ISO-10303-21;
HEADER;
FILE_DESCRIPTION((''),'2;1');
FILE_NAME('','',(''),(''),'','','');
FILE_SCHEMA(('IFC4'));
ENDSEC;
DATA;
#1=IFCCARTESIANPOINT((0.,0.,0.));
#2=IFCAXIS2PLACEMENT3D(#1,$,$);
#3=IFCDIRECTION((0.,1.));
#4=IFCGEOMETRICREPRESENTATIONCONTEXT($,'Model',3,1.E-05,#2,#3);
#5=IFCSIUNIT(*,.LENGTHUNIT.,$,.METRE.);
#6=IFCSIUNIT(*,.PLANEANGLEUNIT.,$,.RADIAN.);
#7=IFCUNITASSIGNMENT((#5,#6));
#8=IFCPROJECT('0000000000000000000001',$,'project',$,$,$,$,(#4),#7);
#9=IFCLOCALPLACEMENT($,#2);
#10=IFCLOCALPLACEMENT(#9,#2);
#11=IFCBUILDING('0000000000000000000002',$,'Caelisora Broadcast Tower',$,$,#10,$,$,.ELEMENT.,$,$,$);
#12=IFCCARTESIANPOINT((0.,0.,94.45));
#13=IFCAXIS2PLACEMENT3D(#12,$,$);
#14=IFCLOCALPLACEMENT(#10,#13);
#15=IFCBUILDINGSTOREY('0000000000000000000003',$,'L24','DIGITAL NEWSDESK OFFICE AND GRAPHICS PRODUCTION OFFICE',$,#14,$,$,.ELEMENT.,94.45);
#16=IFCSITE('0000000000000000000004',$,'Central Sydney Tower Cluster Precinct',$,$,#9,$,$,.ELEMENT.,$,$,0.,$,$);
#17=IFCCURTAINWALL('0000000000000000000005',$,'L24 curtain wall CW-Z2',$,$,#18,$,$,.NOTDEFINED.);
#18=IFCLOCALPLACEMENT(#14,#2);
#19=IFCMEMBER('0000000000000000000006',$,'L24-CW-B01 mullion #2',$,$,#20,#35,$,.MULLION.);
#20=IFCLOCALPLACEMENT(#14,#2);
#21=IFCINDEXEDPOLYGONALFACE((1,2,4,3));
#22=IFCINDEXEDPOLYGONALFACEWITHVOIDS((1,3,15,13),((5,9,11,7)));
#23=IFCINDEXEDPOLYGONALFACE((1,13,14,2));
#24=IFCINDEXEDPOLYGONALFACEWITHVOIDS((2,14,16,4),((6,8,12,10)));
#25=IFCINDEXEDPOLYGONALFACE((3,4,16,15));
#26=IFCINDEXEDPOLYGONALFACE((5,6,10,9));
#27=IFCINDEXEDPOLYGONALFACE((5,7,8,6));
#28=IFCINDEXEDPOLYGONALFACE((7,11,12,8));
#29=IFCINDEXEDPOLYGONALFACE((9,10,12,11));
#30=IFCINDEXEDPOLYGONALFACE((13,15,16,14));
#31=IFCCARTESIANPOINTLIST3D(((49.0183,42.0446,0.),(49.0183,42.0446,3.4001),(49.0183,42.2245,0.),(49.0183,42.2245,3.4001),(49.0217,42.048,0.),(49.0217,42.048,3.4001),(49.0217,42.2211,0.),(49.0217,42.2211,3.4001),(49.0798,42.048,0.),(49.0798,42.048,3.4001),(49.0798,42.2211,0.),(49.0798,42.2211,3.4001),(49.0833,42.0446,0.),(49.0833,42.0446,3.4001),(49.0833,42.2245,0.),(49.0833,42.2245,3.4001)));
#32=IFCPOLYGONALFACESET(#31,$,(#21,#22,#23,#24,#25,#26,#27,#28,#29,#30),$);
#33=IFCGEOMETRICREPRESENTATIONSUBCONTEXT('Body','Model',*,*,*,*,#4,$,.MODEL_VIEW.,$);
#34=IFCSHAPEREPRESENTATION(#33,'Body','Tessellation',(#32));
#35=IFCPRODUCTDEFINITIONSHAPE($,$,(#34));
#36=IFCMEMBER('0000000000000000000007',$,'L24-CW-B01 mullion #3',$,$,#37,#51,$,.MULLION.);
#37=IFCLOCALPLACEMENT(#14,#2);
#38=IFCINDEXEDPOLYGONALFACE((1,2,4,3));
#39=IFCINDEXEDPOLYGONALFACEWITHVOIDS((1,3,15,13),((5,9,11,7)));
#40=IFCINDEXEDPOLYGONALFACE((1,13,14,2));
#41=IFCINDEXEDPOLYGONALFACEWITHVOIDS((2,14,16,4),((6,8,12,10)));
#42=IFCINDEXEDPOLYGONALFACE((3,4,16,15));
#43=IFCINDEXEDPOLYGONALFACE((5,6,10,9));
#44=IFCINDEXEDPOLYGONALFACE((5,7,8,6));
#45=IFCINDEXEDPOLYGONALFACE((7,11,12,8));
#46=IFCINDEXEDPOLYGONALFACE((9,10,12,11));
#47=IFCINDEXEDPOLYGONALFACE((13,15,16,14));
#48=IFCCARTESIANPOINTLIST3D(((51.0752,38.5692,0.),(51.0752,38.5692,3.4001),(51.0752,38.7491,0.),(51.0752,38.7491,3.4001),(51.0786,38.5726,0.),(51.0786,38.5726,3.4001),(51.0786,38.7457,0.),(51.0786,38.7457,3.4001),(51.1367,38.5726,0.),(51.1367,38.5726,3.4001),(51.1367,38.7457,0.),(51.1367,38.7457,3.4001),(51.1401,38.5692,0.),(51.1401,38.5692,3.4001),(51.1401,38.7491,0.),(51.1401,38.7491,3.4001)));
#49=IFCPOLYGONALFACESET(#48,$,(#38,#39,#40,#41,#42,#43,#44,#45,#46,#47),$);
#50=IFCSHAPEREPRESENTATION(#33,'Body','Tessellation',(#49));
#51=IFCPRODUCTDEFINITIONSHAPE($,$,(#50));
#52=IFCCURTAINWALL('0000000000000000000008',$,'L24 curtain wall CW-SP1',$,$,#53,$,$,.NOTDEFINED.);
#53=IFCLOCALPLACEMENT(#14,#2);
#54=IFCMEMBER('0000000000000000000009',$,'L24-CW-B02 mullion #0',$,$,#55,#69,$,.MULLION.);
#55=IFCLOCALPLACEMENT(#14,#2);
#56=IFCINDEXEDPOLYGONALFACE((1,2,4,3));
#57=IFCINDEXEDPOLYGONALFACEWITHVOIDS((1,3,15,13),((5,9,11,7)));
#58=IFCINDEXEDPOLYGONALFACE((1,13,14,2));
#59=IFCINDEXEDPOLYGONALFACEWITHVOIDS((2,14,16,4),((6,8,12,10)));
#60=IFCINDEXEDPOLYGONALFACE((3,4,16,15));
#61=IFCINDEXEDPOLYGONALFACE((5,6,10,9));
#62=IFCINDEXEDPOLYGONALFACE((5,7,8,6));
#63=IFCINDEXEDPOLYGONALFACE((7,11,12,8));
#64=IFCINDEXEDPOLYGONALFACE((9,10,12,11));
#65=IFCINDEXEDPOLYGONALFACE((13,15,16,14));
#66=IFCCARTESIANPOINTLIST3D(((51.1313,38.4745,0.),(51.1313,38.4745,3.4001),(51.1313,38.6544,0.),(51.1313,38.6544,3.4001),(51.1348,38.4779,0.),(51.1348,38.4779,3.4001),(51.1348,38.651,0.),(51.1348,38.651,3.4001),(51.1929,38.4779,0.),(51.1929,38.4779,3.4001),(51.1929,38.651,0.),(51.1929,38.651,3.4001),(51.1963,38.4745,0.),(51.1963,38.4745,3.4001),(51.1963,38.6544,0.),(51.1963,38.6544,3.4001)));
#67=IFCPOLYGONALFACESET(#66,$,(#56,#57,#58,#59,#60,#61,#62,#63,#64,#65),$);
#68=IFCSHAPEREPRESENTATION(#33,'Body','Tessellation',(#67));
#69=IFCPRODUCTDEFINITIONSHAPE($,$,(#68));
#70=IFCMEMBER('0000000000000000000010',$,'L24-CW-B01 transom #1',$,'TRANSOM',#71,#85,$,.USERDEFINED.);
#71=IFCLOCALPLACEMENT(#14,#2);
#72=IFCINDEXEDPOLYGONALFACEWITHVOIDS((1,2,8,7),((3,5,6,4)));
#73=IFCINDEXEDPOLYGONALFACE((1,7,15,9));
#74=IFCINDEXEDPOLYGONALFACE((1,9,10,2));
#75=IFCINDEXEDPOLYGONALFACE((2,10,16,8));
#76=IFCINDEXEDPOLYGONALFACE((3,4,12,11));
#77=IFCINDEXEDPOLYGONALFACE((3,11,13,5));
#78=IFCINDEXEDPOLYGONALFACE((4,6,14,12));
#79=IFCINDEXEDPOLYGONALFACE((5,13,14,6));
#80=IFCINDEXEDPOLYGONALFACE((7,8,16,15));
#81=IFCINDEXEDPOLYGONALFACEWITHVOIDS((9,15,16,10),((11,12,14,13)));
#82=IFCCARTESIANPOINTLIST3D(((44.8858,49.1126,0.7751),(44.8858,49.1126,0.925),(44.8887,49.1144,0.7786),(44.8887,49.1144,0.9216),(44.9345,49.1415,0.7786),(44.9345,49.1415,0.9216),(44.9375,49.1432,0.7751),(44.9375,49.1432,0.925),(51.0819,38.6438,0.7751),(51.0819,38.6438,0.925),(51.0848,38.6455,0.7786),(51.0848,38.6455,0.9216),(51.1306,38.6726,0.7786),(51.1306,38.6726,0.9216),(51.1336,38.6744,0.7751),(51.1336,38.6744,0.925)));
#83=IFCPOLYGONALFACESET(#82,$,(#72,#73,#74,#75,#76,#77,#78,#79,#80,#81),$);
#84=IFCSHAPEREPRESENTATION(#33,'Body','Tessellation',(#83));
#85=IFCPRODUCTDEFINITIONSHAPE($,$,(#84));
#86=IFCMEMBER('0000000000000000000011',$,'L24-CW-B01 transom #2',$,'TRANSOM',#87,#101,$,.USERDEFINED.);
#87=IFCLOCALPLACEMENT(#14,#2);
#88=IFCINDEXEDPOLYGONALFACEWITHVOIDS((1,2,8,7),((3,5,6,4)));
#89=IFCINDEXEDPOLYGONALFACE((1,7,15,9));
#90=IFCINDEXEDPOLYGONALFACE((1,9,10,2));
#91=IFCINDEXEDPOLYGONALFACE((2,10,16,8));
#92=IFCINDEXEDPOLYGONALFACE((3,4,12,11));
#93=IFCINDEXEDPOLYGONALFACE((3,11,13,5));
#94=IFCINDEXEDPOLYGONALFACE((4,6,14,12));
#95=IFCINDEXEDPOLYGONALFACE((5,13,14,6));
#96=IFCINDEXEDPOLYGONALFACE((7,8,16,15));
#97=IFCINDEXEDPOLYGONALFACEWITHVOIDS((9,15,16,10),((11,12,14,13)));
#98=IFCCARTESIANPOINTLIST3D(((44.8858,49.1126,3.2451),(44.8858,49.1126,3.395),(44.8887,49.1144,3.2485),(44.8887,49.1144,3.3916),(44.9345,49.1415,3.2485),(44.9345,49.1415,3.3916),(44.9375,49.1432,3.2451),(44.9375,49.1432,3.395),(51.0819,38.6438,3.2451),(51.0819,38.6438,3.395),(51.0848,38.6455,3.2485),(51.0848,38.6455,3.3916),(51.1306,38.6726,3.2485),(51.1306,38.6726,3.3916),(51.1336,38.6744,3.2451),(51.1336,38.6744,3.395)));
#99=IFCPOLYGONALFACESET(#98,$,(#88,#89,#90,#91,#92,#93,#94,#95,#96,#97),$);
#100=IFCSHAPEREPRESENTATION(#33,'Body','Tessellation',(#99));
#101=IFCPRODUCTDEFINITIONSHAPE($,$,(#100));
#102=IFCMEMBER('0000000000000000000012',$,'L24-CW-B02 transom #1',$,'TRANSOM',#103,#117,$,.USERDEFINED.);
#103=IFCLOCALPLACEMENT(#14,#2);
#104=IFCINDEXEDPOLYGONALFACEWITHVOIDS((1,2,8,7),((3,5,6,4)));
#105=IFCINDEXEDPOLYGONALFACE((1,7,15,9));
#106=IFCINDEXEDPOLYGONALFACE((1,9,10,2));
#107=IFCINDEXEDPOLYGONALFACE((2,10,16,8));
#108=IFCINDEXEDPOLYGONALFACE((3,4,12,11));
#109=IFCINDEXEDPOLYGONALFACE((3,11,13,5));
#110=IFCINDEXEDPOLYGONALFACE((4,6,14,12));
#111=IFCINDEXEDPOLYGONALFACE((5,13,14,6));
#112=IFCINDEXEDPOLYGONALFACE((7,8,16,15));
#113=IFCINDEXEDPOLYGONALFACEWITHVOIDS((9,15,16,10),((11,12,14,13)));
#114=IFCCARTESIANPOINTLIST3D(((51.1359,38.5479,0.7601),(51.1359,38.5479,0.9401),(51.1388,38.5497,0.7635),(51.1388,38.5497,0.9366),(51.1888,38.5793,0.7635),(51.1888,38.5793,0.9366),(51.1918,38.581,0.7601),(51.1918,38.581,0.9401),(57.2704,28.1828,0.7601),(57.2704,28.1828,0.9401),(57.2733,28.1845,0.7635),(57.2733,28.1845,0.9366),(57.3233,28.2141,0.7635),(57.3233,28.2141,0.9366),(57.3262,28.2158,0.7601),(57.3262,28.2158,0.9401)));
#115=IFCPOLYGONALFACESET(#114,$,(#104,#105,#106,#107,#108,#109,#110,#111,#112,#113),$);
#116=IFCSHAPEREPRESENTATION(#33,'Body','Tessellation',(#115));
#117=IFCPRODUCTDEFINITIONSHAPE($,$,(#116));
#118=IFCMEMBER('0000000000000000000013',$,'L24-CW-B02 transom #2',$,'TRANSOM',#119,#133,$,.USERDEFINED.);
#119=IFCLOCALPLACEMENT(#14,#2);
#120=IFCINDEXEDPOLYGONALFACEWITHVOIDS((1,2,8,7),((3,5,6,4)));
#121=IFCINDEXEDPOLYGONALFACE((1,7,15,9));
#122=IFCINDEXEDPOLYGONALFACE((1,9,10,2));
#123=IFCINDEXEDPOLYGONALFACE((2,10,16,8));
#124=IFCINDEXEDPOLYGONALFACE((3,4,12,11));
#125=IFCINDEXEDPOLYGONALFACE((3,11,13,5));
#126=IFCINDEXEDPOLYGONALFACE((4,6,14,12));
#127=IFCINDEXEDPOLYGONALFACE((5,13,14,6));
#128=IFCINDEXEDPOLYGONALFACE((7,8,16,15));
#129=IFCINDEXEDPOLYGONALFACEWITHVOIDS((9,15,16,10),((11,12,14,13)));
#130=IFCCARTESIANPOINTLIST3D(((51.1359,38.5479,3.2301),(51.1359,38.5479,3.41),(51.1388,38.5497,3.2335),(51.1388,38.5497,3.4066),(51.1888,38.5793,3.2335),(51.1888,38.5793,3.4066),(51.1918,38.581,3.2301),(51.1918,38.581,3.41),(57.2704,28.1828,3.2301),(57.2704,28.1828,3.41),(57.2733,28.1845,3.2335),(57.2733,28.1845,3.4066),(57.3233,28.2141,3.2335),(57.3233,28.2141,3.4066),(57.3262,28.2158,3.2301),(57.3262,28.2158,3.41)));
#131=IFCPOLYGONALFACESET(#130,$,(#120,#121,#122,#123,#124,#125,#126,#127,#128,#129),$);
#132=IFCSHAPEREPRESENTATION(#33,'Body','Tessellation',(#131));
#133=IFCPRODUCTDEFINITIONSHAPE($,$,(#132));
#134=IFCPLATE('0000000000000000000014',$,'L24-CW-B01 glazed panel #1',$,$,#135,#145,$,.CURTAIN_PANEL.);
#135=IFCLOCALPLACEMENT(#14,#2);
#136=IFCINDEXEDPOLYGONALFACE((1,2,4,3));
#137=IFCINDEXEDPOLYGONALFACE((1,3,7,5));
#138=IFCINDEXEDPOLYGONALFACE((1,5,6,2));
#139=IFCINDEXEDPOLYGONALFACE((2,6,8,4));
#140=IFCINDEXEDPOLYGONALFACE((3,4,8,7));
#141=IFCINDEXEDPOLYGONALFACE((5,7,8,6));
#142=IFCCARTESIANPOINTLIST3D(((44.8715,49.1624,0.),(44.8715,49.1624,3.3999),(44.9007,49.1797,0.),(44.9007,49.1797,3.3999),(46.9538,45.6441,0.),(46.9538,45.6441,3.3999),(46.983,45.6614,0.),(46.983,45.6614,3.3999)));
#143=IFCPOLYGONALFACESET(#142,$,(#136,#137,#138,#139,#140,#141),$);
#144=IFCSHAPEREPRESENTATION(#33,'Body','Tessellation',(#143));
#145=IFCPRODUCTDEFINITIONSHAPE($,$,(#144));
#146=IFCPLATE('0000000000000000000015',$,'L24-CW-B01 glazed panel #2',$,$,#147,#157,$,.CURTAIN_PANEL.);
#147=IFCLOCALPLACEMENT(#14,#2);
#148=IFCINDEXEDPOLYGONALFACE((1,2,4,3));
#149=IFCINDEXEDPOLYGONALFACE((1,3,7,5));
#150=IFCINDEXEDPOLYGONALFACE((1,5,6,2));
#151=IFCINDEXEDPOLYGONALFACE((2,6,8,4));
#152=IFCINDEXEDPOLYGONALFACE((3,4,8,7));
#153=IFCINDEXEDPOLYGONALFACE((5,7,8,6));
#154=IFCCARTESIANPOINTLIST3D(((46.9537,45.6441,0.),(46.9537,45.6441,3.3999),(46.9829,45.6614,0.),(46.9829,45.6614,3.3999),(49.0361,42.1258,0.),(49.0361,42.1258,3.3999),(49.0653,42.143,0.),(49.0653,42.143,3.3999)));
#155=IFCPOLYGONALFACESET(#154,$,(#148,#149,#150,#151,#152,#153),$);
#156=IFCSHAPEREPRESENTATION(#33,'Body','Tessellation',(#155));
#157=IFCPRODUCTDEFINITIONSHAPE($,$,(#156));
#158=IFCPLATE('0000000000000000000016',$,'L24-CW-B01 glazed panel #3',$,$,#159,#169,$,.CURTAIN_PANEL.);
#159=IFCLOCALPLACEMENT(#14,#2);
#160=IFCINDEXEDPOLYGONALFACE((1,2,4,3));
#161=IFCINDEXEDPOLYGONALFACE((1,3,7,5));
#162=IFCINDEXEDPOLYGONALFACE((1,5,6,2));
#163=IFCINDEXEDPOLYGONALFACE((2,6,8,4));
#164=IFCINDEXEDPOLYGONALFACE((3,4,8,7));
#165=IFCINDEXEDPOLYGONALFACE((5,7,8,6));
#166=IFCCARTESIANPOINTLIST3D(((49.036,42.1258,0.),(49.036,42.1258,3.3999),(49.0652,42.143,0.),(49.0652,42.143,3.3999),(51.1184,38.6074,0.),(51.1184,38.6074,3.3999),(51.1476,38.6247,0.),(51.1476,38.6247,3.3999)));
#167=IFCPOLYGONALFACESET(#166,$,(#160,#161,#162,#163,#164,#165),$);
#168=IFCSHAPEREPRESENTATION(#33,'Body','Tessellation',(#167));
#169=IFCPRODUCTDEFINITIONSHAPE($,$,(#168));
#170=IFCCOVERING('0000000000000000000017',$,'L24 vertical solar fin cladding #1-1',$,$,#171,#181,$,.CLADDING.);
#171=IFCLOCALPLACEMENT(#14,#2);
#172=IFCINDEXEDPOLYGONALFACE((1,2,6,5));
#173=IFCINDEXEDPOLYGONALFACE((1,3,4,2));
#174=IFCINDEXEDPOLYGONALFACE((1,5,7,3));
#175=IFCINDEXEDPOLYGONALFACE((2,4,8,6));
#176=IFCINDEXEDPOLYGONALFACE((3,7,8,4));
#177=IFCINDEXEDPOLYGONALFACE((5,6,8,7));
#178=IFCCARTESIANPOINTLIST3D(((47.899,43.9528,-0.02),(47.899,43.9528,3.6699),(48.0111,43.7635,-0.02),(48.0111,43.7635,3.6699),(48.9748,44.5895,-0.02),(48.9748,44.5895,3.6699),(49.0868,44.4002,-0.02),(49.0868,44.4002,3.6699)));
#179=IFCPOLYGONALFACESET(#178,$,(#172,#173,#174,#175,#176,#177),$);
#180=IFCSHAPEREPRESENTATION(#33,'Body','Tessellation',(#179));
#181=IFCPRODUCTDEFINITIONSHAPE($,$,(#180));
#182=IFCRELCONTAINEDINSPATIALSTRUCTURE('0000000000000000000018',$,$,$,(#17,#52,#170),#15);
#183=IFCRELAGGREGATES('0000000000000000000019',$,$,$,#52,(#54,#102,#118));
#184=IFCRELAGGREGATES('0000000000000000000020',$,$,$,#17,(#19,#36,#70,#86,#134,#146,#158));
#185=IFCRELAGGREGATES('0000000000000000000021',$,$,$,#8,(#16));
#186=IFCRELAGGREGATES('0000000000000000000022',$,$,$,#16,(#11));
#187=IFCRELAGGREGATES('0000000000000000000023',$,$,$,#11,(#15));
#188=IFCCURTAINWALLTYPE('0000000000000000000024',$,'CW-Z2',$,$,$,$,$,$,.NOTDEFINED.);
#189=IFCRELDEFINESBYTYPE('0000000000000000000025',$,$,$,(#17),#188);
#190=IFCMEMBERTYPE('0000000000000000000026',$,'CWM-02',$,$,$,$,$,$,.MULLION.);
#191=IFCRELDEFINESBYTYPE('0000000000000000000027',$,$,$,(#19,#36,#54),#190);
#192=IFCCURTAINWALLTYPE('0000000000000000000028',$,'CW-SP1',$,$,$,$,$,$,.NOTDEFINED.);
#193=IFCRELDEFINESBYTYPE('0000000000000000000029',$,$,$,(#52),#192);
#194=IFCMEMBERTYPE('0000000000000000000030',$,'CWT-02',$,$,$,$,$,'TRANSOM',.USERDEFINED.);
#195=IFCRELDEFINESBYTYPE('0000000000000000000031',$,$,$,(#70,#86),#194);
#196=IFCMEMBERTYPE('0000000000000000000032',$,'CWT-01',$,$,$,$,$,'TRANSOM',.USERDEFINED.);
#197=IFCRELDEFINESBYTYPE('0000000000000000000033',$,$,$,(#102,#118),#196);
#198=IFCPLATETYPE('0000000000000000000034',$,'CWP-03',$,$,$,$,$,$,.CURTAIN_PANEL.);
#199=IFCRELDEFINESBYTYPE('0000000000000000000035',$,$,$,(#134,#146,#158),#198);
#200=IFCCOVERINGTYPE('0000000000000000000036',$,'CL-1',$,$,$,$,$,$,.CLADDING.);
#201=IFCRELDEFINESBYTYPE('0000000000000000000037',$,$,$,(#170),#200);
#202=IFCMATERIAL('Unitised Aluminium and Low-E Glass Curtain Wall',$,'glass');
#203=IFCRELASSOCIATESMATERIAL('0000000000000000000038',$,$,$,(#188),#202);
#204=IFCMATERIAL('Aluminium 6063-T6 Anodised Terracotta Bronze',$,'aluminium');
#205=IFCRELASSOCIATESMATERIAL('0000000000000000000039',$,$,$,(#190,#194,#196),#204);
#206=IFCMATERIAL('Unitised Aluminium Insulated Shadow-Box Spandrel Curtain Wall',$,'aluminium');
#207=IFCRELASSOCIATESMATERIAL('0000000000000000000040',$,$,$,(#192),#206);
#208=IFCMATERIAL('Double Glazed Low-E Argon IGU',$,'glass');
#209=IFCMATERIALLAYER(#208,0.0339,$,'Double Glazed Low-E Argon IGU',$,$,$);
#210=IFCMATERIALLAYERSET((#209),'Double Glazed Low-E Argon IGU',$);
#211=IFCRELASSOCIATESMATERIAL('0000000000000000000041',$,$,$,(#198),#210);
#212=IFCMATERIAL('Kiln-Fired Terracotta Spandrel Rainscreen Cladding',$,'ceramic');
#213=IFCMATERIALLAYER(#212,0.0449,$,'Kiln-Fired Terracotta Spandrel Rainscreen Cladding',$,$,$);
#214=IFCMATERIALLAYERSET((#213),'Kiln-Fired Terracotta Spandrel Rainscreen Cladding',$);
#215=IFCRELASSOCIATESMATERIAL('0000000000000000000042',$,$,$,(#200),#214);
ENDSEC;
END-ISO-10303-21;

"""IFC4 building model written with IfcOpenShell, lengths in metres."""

from ifc_helpers import new_model, si_unit, direction, frame, origin, origin_2d, place, context, subcontext, project, spatial, rectangle, hollow_rectangle, extrude, source, transform, mapped, material, layer, layer_set, material_profile, profile_set, type_object, type_shapes, element, aggregate, save


model = new_model("IFC4")

# Units and contexts
model_context = context("Model", 3, precision=1e-05, world=origin(), true_north=direction((0.0, 1.0)))
body_context = subcontext(model_context, "Body", "Model", "MODEL_VIEW")
ifc_project = project(units=[si_unit("LENGTHUNIT", "METRE"), si_unit("PLANEANGLEUNIT", "RADIAN")], contexts=[model_context])

# Site, building, storey
site_placement = place(None, origin())
site = spatial("IfcSite", under=ifc_project, at=site_placement, Name="Central Sydney Tower Cluster Precinct", CompositionType="ELEMENT", RefElevation=0.0)
building_placement = place(site_placement, origin())
building = spatial("IfcBuilding", under=site, at=building_placement, Name="Caelisora Broadcast Tower", CompositionType="ELEMENT")
storey_placement = place(building_placement, frame((0.0, 0.0, 94.45)))
storey = spatial("IfcBuildingStorey", under=building, at=storey_placement, Name="L24", Description="DIGITAL NEWSDESK OFFICE AND GRAPHICS PRODUCTION OFFICE", CompositionType="ELEMENT", Elevation=94.45)

# Curtain wall, members
ifc_material_1 = material(Name="Unitised Aluminium and Low-E Glass Curtain Wall", Category="glass")
curtain_wall_type_1 = type_object("IfcCurtainWallType", Name="CW-Z2", PredefinedType="NOTDEFINED", material=ifc_material_1)
curtain_wall_1_placement = place(storey_placement, origin())
curtain_wall_1 = element("IfcCurtainWall", 1, at=curtain_wall_1_placement, inside=storey, type_object=curtain_wall_type_1, Name="L24 curtain wall CW-Z2", PredefinedType="NOTDEFINED")
ifc_material_2 = material(Name="Aluminium 6063-T6 Anodised Terracotta Bronze", Category="aluminium")
ifc_material_profile_1 = material_profile(ifc_material_2, hollow_rectangle(XDim=0.0649, YDim=0.1799, WallThickness=0.0034, at=origin_2d()), Name="Aluminium 6063-T6 Anodised Terracotta Bronze")
ifc_profile_set_1 = profile_set([ifc_material_profile_1], Name="Aluminium 6063-T6 Anodised Terracotta Bronze")
member_type_1 = type_object("IfcMemberType", Name="CWM-02", PredefinedType="MULLION", material=ifc_profile_set_1)
shared_shape_1 = source(origin(), body_context, "Body", "SweptSolid", [
    extrude(hollow_rectangle(XDim=0.0649, YDim=0.1799, WallThickness=0.0034, at=origin_2d()), origin(), (0.0, 0.0, 1.0), 3.4001),
])
type_shapes(member_type_1, [shared_shape_1])
member_1_placement = place(storey_placement, frame((49.0508, 42.1345, 0.0), z_axis=(0.0, 0.0, 1.0), x_axis=(1.0, 0.0, 0.0)))
member_1 = element("IfcMember", 2, at=member_1_placement, type_object=member_type_1, Name="L24-CW-B01 mullion #2", PredefinedType="MULLION", context=body_context, shape_type="MappedRepresentation", body=[
    mapped(shared_shape_1, transform((0.0, 0.0, 0.0), scale=1.0)),
])
member_2_placement = place(storey_placement, frame((51.1077, 38.6592, 0.0), z_axis=(0.0, 0.0, 1.0), x_axis=(1.0, 0.0, 0.0)))
member_2 = element("IfcMember", 3, at=member_2_placement, type_object=member_type_1, Name="L24-CW-B01 mullion #3", PredefinedType="MULLION", context=body_context, shape_type="MappedRepresentation", body=[
    mapped(shared_shape_1, transform((0.0, 0.0, 0.0), scale=1.0)),
])

# Curtain wall, member
ifc_material_3 = material(Name="Unitised Aluminium Insulated Shadow-Box Spandrel Curtain Wall", Category="aluminium")
curtain_wall_type_2 = type_object("IfcCurtainWallType", Name="CW-SP1", PredefinedType="NOTDEFINED", material=ifc_material_3)
curtain_wall_2_placement = place(storey_placement, origin())
curtain_wall_2 = element("IfcCurtainWall", 4, at=curtain_wall_2_placement, inside=storey, type_object=curtain_wall_type_2, Name="L24 curtain wall CW-SP1", PredefinedType="NOTDEFINED")
member_3_placement = place(storey_placement, frame((51.1638, 38.5645, 0.0), z_axis=(0.0, 0.0, 1.0), x_axis=(1.0, 0.0, 0.0)))
member_3 = element("IfcMember", 5, at=member_3_placement, type_object=member_type_1, Name="L24-CW-B02 mullion #0", PredefinedType="MULLION", context=body_context, shape_type="MappedRepresentation", body=[
    mapped(shared_shape_1, transform((0.0, 0.0, 0.0), scale=1.0)),
])

# Members
ifc_material_profile_2 = material_profile(ifc_material_2, hollow_rectangle(XDim=0.0601, YDim=0.1499, WallThickness=0.0034, at=origin_2d()), Name="Aluminium 6063-T6 Anodised Terracotta Bronze")
ifc_profile_set_2 = profile_set([ifc_material_profile_2], Name="Aluminium 6063-T6 Anodised Terracotta Bronze")
member_type_2 = type_object("IfcMemberType", Name="CWT-02", ElementType="TRANSOM", PredefinedType="USERDEFINED", material=ifc_profile_set_2)
shared_shape_2 = source(origin(), body_context, "Body", "SweptSolid", [
    extrude(hollow_rectangle(XDim=0.0601, YDim=0.1499, WallThickness=0.0034, at=origin_2d()), origin(), (0.0, 0.0, 1.0), 12.165),
])
type_shapes(member_type_2, [shared_shape_2])
member_4_placement = place(storey_placement, frame((44.9116, 49.1279, 0.8501), z_axis=(0.509336, -0.860568, 0.0), x_axis=(0.860568, 0.509336, 0.0)))
member_4 = element("IfcMember", 6, at=member_4_placement, type_object=member_type_2, Name="L24-CW-B01 transom #1", ObjectType="TRANSOM", PredefinedType="USERDEFINED", context=body_context, shape_type="MappedRepresentation", body=[
    mapped(shared_shape_2, transform((0.0, 0.0, 0.0), scale=1.0)),
])
member_5_placement = place(storey_placement, frame((44.9116, 49.1279, 3.3201), z_axis=(0.509336, -0.860568, 0.0), x_axis=(0.860568, 0.509336, 0.0)))
member_5 = element("IfcMember", 7, at=member_5_placement, type_object=member_type_2, Name="L24-CW-B01 transom #2", ObjectType="TRANSOM", PredefinedType="USERDEFINED", context=body_context, shape_type="MappedRepresentation", body=[
    mapped(shared_shape_2, transform((0.0, 0.0, 0.0), scale=1.0)),
])
ifc_material_profile_3 = material_profile(ifc_material_2, hollow_rectangle(XDim=0.0649, YDim=0.1799, WallThickness=0.0034, at=origin_2d()), Name="Aluminium 6063-T6 Anodised Terracotta Bronze")
ifc_profile_set_3 = profile_set([ifc_material_profile_3], Name="Aluminium 6063-T6 Anodised Terracotta Bronze")
member_type_3 = type_object("IfcMemberType", Name="CWT-01", ElementType="TRANSOM", PredefinedType="USERDEFINED", material=ifc_profile_set_3)
shared_shape_3 = source(origin(), body_context, "Body", "SweptSolid", [
    extrude(hollow_rectangle(XDim=0.0649, YDim=0.1799, WallThickness=0.0034, at=origin_2d()), origin(), (0.0, 0.0, 1.0), 12.0444),
])
type_shapes(member_type_3, [shared_shape_3])
member_6_placement = place(storey_placement, frame((51.1638, 38.5645, 0.8501), z_axis=(0.509321, -0.860577, 0.0), x_axis=(0.860577, 0.509321, 0.0)))
member_6 = element("IfcMember", 8, at=member_6_placement, type_object=member_type_3, Name="L24-CW-B02 transom #1", ObjectType="TRANSOM", PredefinedType="USERDEFINED", context=body_context, shape_type="MappedRepresentation", body=[
    mapped(shared_shape_3, transform((0.0, 0.0, 0.0), scale=1.0)),
])
member_7_placement = place(storey_placement, frame((51.1638, 38.5645, 3.3201), z_axis=(0.509321, -0.860577, 0.0), x_axis=(0.860577, 0.509321, 0.0)))
member_7 = element("IfcMember", 9, at=member_7_placement, type_object=member_type_3, Name="L24-CW-B02 transom #2", ObjectType="TRANSOM", PredefinedType="USERDEFINED", context=body_context, shape_type="MappedRepresentation", body=[
    mapped(shared_shape_3, transform((0.0, 0.0, 0.0), scale=1.0)),
])
aggregate(curtain_wall_2, [member_3, member_6, member_7])

# Plates
ifc_material_4 = material(Name="Double Glazed Low-E Argon IGU", Category="glass")
ifc_layer_1 = layer(ifc_material_4, 0.0339, Name="Double Glazed Low-E Argon IGU")
ifc_layer_set_1 = layer_set([ifc_layer_1], Name="Double Glazed Low-E Argon IGU")
plate_type = type_object("IfcPlateType", Name="CWP-03", PredefinedType="CURTAIN_PANEL", material=ifc_layer_set_1)
shared_shape_4 = source(origin(), body_context, "Body", "SweptSolid", [
    extrude(rectangle(XDim=4.0884, YDim=0.0339, at=origin_2d()), origin(), (0.0, 0.0, 1.0), 3.3999),
])
type_shapes(plate_type, [shared_shape_4])
plate_1_placement = place(storey_placement, frame((45.9272, 47.4119, 0.0), z_axis=(0.0, 0.0, 1.0), x_axis=(0.509342, -0.860564, 0.0)))
plate_1 = element("IfcPlate", 10, at=plate_1_placement, type_object=plate_type, Name="L24-CW-B01 glazed panel #1", PredefinedType="CURTAIN_PANEL", context=body_context, shape_type="MappedRepresentation", body=[
    mapped(shared_shape_4, transform((0.0, 0.0, 0.0), scale=1.0)),
])
plate_2_placement = place(storey_placement, frame((48.0095, 43.8936, 0.0), z_axis=(0.0, 0.0, 1.0), x_axis=(0.509342, -0.860564, 0.0)))
plate_2 = element("IfcPlate", 11, at=plate_2_placement, type_object=plate_type, Name="L24-CW-B01 glazed panel #2", PredefinedType="CURTAIN_PANEL", context=body_context, shape_type="MappedRepresentation", body=[
    mapped(shared_shape_4, transform((0.0, 0.0, 0.0), scale=1.0)),
])
plate_3_placement = place(storey_placement, frame((50.0918, 40.3752, 0.0), z_axis=(0.0, 0.0, 1.0), x_axis=(0.509342, -0.860564, 0.0)))
plate_3 = element("IfcPlate", 12, at=plate_3_placement, type_object=plate_type, Name="L24-CW-B01 glazed panel #3", PredefinedType="CURTAIN_PANEL", context=body_context, shape_type="MappedRepresentation", body=[
    mapped(shared_shape_4, transform((0.0, 0.0, 0.0), scale=1.0)),
])
aggregate(curtain_wall_1, [member_1, member_2, member_4, member_5, plate_1, plate_2, plate_3])

# Covering
ifc_material_5 = material(Name="Kiln-Fired Terracotta Spandrel Rainscreen Cladding", Category="ceramic")
ifc_layer_2 = layer(ifc_material_5, 0.0449, Name="Kiln-Fired Terracotta Spandrel Rainscreen Cladding")
ifc_layer_set_2 = layer_set([ifc_layer_2], Name="Kiln-Fired Terracotta Spandrel Rainscreen Cladding")
covering_type = type_object("IfcCoveringType", Name="CL-1", PredefinedType="CLADDING", material=ifc_layer_set_2)
shared_shape_5 = source(origin(), body_context, "Body", "SweptSolid", [
    extrude(rectangle(XDim=0.22, YDim=1.25, at=origin_2d()), origin(), (0.0, 0.0, 1.0), 3.6899),
])
type_shapes(covering_type, [shared_shape_5])
for number, where, z_axis, x_axis, name in (
    (13, (48.4929, 44.1765, -0.02), (0.0, 0.0, 1.0), (0.509342, -0.860564, 0.0), "L24 vertical solar fin cladding #1-1"),
):
    element("IfcCovering", number, at=place(storey_placement, frame(where, z_axis=z_axis, x_axis=x_axis)), inside=storey, type_object=covering_type, Name=name, PredefinedType="CLADDING", context=body_context, shape_type="MappedRepresentation", body=[
        mapped(shared_shape_5, transform((0.0, 0.0, 0.0), scale=1.0)),
    ])

save(model, "model.ifc")
